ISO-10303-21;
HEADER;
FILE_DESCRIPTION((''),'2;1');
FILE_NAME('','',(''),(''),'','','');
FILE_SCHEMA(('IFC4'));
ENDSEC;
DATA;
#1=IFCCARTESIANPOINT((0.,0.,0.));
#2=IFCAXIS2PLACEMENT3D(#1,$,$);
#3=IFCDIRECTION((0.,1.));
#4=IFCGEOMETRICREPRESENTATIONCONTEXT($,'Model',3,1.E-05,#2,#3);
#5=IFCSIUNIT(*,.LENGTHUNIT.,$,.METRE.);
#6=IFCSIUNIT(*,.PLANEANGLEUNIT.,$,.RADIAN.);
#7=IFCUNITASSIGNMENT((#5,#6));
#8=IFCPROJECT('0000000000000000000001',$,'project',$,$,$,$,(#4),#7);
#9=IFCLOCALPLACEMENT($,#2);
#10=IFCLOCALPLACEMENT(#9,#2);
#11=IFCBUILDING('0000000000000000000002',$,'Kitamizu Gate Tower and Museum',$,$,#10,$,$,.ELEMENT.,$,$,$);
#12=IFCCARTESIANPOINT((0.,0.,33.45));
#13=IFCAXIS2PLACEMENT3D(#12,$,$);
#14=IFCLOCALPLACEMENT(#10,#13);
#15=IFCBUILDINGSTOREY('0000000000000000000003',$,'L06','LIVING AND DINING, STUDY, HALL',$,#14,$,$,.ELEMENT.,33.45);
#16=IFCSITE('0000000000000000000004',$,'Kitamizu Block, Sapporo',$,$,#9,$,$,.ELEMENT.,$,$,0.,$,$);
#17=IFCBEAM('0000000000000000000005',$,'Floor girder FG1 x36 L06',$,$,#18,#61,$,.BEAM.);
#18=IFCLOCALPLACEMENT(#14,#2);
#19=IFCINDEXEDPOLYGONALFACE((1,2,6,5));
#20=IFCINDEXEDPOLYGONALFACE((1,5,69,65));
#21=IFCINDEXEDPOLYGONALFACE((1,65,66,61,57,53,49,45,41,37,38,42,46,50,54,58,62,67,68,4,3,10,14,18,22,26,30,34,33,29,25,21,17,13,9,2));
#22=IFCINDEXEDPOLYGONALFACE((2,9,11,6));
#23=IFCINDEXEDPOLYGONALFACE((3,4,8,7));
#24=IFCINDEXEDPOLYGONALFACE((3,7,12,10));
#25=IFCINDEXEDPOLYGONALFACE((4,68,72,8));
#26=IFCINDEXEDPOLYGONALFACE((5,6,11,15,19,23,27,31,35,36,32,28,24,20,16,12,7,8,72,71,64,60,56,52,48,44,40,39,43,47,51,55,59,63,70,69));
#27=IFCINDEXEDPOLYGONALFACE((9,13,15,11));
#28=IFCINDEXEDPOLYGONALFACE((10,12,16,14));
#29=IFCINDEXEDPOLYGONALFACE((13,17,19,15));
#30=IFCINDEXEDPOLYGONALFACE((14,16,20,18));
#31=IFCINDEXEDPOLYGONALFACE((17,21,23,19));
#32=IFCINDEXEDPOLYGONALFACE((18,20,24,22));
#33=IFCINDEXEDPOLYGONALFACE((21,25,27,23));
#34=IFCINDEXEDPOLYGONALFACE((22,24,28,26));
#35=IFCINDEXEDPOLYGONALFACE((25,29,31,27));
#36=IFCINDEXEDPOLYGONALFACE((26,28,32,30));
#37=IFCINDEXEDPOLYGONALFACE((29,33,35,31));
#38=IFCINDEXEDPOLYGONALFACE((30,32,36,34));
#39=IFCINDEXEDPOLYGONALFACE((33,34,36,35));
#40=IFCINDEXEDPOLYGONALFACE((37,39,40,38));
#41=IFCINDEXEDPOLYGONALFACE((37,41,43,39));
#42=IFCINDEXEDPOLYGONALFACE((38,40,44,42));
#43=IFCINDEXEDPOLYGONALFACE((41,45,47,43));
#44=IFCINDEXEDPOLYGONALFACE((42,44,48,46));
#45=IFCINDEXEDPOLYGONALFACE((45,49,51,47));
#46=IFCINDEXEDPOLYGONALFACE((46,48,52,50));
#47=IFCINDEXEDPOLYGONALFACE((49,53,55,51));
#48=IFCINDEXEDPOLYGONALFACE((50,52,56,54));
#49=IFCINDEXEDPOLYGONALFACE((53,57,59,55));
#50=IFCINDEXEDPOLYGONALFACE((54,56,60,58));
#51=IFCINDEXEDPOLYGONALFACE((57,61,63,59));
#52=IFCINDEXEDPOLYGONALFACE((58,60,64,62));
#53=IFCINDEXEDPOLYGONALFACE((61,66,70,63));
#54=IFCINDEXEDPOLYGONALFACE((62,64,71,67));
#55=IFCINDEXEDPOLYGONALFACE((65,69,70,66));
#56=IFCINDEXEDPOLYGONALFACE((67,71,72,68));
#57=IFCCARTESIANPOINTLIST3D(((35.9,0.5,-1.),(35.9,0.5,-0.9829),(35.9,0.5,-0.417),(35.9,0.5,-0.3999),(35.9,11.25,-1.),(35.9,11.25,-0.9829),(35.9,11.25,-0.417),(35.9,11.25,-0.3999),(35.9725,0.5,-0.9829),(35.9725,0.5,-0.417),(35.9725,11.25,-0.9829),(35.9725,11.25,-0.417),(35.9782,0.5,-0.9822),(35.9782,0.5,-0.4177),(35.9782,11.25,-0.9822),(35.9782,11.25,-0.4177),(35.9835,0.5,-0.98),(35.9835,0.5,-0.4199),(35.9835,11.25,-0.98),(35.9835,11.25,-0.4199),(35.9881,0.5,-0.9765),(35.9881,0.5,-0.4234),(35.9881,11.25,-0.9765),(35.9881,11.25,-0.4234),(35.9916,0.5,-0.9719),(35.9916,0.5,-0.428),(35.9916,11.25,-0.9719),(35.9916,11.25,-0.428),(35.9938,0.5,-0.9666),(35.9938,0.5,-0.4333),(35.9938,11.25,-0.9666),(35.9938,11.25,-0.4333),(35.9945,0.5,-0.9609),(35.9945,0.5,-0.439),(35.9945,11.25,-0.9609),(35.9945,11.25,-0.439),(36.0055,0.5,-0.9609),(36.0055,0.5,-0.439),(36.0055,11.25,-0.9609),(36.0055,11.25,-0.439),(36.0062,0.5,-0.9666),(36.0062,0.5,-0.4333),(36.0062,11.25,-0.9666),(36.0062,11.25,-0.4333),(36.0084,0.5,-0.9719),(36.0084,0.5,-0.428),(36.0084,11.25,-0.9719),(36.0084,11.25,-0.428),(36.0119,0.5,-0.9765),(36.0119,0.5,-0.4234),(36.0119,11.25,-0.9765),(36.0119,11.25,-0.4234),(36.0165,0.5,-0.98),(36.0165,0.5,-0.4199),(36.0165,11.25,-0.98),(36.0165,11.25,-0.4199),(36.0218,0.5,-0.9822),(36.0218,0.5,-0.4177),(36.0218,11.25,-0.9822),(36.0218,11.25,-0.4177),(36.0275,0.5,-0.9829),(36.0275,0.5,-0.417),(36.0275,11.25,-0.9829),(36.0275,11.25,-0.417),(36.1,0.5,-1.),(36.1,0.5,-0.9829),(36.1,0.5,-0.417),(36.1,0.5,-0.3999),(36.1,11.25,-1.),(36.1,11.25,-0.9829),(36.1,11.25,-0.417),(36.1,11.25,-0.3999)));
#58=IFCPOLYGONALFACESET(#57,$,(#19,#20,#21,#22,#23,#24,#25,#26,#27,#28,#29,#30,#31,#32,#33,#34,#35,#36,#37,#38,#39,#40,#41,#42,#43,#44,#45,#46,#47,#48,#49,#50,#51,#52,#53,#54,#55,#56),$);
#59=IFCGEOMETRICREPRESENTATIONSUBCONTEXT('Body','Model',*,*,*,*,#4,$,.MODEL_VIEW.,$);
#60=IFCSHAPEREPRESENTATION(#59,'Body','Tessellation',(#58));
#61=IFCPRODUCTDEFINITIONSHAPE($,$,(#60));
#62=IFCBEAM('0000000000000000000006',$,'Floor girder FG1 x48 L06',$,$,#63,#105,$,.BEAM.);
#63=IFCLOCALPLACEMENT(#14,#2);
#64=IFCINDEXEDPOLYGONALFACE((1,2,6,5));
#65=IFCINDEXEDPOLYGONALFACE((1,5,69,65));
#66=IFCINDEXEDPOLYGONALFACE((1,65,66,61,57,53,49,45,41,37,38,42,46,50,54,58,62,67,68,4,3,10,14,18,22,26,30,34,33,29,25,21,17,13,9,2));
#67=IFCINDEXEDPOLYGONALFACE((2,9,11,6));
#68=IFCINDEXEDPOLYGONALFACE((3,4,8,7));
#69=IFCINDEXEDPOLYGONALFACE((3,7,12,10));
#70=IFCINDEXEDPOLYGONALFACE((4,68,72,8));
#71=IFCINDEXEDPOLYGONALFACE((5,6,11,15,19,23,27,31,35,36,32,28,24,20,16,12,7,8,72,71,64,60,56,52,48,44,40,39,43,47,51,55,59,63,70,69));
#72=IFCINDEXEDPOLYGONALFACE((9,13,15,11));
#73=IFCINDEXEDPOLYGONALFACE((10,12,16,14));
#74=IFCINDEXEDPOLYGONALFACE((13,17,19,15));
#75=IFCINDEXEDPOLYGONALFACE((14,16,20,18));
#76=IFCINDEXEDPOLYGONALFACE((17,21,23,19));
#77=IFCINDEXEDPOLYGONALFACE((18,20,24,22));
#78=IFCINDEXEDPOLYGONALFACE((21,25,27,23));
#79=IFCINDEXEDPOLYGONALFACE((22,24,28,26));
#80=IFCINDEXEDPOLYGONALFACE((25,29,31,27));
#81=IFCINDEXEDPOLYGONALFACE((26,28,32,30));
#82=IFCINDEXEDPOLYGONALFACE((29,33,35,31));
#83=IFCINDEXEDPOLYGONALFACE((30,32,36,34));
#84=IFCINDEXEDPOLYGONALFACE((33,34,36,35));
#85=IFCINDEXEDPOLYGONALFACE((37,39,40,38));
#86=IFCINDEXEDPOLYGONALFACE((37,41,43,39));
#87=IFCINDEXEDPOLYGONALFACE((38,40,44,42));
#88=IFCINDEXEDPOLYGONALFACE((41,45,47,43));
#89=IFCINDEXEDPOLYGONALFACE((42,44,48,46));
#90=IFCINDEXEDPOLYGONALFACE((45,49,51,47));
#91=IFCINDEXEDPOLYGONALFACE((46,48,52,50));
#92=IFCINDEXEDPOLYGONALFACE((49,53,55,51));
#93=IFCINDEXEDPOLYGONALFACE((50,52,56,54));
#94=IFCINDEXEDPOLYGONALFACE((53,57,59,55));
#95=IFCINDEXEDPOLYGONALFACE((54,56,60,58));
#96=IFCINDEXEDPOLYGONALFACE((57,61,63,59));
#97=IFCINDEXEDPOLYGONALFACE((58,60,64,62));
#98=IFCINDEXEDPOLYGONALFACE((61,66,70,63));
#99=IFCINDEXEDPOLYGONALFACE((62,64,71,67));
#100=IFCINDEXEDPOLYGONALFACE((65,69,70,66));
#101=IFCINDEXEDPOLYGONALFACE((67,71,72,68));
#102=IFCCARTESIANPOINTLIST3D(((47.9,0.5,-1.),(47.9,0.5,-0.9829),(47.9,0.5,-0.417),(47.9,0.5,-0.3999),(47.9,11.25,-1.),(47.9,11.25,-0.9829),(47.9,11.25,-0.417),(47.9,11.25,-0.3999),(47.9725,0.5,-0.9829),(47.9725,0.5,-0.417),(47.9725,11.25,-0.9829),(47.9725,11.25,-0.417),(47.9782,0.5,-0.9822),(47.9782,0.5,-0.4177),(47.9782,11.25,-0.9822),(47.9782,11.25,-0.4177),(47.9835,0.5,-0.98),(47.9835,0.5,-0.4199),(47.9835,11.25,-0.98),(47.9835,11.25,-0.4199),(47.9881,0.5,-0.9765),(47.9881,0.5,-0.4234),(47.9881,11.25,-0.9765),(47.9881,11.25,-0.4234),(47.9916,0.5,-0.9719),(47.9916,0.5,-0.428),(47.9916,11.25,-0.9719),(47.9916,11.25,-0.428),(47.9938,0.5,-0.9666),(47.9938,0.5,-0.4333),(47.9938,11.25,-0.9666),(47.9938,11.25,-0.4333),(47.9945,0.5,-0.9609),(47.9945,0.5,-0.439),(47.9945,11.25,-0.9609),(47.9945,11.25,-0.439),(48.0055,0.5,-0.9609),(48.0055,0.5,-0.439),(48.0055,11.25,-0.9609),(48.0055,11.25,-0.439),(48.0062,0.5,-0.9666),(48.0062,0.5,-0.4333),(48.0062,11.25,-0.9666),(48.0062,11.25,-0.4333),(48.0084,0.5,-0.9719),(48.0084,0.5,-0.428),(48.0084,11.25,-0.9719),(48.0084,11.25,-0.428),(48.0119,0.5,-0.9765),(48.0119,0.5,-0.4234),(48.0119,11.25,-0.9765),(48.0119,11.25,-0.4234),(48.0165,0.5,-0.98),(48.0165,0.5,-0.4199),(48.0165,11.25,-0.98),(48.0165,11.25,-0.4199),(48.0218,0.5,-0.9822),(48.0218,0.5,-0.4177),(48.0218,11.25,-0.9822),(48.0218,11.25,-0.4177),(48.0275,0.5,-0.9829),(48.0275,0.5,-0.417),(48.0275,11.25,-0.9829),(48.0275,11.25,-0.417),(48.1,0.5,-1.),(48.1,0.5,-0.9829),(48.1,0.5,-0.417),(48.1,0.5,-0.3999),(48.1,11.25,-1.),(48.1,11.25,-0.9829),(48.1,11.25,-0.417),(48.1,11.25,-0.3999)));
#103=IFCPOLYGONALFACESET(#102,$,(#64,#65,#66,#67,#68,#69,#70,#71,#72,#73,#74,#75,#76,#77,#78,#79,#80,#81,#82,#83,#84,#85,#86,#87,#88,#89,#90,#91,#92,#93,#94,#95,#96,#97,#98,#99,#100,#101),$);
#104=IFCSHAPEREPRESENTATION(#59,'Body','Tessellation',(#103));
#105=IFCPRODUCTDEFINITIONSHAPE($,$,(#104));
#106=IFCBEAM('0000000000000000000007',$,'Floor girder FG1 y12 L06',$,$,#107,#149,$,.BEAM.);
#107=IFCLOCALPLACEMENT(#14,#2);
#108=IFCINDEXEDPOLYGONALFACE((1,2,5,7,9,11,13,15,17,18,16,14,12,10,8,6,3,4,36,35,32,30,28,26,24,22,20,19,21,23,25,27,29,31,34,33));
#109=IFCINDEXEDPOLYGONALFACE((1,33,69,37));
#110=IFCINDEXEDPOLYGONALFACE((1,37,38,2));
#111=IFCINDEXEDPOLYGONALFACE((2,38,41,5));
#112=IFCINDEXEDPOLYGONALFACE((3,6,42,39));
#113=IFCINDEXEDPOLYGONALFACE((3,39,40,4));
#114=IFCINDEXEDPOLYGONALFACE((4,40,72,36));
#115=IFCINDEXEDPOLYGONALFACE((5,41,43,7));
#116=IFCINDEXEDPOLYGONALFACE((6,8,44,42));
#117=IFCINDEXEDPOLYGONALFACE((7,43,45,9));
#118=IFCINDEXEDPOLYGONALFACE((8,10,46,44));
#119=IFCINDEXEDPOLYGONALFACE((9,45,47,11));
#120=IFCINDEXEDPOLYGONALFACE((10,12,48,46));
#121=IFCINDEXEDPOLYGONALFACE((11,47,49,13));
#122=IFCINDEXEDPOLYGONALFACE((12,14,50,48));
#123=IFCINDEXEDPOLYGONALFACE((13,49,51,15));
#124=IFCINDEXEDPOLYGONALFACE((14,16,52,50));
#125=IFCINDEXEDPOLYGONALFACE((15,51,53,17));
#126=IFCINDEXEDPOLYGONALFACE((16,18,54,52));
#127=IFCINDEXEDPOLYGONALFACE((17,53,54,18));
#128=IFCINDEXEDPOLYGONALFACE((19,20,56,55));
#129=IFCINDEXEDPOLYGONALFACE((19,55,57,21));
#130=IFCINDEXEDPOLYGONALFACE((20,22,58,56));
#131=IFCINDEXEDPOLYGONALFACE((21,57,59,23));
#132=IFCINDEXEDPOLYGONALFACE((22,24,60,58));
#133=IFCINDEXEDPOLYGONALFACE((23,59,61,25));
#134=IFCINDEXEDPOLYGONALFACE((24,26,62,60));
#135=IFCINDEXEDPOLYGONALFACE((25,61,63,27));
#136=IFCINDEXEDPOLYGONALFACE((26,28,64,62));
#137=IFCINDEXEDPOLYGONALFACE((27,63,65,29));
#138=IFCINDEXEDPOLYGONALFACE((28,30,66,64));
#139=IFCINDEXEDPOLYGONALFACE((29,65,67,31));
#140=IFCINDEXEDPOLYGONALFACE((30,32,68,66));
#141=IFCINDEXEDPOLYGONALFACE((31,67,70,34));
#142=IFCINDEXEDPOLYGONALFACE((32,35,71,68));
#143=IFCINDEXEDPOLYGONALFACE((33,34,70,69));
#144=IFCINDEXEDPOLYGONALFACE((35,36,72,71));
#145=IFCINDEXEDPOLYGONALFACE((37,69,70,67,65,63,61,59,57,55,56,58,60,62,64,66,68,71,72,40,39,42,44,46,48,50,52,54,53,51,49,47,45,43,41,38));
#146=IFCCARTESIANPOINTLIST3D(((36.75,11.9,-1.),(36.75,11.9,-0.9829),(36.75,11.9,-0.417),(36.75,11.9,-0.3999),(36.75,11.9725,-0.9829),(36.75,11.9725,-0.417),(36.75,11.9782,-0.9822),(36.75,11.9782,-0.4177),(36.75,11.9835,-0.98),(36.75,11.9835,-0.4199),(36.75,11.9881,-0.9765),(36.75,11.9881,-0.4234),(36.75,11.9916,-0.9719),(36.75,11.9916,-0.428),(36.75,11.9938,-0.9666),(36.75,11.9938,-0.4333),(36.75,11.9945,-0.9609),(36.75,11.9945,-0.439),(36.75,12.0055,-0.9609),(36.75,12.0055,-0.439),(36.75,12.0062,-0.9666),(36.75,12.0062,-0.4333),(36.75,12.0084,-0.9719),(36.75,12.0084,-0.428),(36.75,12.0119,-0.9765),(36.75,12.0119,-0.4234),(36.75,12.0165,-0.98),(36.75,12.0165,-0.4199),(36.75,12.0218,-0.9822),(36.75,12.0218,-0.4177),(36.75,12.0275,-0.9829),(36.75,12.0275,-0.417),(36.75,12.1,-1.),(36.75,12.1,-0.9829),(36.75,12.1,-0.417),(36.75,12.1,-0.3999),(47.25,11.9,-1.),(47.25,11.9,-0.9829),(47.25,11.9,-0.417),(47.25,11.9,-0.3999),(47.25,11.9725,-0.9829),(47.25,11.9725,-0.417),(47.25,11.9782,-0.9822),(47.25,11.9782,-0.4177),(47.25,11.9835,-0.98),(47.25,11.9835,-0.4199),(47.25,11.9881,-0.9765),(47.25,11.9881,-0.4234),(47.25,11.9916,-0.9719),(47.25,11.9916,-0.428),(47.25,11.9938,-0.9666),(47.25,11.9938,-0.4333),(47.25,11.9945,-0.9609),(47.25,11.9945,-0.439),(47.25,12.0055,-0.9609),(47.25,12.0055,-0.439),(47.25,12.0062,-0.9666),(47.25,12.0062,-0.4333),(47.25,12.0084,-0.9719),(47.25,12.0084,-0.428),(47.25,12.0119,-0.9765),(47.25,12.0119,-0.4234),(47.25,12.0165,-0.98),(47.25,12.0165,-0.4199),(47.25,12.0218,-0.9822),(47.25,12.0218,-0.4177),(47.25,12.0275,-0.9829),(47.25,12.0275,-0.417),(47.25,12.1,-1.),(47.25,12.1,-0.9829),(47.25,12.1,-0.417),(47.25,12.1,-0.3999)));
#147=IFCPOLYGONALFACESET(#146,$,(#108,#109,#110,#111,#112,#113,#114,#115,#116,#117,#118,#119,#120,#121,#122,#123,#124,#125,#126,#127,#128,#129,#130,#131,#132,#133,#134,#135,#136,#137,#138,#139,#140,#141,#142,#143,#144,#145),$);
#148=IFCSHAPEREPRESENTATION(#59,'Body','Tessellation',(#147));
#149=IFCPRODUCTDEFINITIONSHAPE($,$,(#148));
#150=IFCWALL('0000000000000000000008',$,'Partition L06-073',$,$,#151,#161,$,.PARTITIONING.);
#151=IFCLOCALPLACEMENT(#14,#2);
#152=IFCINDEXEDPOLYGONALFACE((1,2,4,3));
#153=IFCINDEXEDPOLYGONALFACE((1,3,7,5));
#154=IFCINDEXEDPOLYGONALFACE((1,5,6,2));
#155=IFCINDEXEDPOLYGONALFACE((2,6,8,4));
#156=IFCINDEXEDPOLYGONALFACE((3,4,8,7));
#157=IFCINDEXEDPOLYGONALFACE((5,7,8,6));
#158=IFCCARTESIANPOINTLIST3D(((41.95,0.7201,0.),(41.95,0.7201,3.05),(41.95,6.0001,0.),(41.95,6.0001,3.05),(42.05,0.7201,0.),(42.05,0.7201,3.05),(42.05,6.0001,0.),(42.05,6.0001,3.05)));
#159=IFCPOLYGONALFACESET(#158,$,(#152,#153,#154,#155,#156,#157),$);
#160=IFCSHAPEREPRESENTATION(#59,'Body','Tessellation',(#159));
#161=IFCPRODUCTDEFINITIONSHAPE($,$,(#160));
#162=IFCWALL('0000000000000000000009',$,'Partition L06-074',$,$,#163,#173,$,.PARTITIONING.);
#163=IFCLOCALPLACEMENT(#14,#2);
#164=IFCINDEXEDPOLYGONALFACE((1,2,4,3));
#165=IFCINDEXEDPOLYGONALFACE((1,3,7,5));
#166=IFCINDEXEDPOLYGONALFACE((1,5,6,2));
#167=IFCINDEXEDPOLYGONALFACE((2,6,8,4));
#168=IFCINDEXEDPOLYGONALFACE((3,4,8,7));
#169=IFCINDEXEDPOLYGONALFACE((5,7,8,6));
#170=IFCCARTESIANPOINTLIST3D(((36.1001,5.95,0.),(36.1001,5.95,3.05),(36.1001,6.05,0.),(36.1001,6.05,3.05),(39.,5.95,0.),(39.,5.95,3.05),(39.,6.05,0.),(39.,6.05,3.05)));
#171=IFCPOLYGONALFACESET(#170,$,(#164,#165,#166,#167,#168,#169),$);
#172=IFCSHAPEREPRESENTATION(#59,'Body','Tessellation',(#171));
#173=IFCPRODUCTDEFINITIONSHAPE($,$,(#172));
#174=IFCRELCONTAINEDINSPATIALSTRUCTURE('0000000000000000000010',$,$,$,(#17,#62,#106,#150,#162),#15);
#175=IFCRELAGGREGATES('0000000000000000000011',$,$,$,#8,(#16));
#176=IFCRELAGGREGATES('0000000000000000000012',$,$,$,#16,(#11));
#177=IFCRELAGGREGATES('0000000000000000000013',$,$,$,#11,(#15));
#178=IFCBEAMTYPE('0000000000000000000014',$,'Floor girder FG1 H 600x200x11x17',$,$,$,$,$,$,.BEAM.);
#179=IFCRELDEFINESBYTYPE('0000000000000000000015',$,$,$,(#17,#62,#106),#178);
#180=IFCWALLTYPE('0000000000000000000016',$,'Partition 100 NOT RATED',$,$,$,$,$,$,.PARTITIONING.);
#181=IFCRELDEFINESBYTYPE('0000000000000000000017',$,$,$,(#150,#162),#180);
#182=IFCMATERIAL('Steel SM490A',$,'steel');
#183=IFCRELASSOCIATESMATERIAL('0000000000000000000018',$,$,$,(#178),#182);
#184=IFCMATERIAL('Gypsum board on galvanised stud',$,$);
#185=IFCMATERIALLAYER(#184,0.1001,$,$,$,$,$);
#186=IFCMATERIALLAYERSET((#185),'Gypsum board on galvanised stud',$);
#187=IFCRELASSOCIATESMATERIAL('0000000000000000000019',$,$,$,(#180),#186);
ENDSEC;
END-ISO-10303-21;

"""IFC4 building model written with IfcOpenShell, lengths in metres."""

from ifc_helpers import new_model, si_unit, direction, frame, frame_2d, origin, origin_2d, place, context, subcontext, project, spatial, rectangle, i_section, extrude, material, layer, layer_set, material_profile, profile_set, type_object, element, save


model = new_model("IFC4")

# Units and contexts
model_context = context("Model", 3, precision=1e-05, world=origin(), true_north=direction((0.0, 1.0)))
body_context = subcontext(model_context, "Body", "Model", "MODEL_VIEW")
ifc_project = project(units=[si_unit("LENGTHUNIT", "METRE"), si_unit("PLANEANGLEUNIT", "RADIAN")], contexts=[model_context])

# Site, building, storey
site_placement = place(None, origin())
site = spatial("IfcSite", under=ifc_project, at=site_placement, Name="Kitamizu Block, Sapporo", CompositionType="ELEMENT", RefElevation=0.0)
building_placement = place(site_placement, origin())
building = spatial("IfcBuilding", under=site, at=building_placement, Name="Kitamizu Gate Tower and Museum", CompositionType="ELEMENT")
storey_placement = place(building_placement, frame((0.0, 0.0, 33.45)))
storey = spatial("IfcBuildingStorey", under=building, at=storey_placement, Name="L06", Description="LIVING AND DINING, STUDY, HALL", CompositionType="ELEMENT", Elevation=33.45)

# Beams
ifc_material_1 = material(Name="Steel SM490A", Category="steel")
ifc_material_profile_1 = material_profile(ifc_material_1, i_section(OverallWidth=0.2, OverallDepth=0.6001, WebThickness=0.011, FlangeThickness=0.0171, FilletRadius=0.022, at=origin_2d()), Name="H-600x200x11x17")
ifc_profile_set_1 = profile_set([ifc_material_profile_1], Name="Steel SM490A")
beam_type_1 = type_object("IfcBeamType", Name="Floor girder FG1 H 600x200x11x17", PredefinedType="BEAM", material=ifc_profile_set_1)
for number, where, z_axis, x_axis, name in (
    (1, (36.0, 0.5, -0.7), (0.0, 1.0, 0.0), (-1.0, 0.0, 0.0), "Floor girder FG1 x36 L06"),
    (2, (48.0, 0.5, -0.7), (0.0, 1.0, 0.0), (-1.0, 0.0, 0.0), "Floor girder FG1 x48 L06"),
):
    element("IfcBeam", number, at=place(storey_placement, frame(where, z_axis=z_axis, x_axis=x_axis)), inside=storey, type_object=beam_type_1, Name=name, PredefinedType="BEAM", context=body_context, shape_type="SweptSolid", body=[
        extrude(i_section(OverallWidth=0.2, OverallDepth=0.6001, WebThickness=0.011, FlangeThickness=0.0171, FilletRadius=0.022, at=origin_2d()), origin(), (0.0, 0.0, 1.0), 10.75),
    ])
beam_placement = place(storey_placement, frame((36.75, 12.0, -0.7), z_axis=(1.0, 0.0, 0.0), x_axis=(0.0, 1.0, 0.0)))
element("IfcBeam", 3, at=beam_placement, inside=storey, type_object=beam_type_1, Name="Floor girder FG1 y12 L06", PredefinedType="BEAM", context=body_context, shape_type="SweptSolid", body=[
    extrude(i_section(OverallWidth=0.2, OverallDepth=0.6001, WebThickness=0.011, FlangeThickness=0.0171, FilletRadius=0.022, at=origin_2d()), origin(), (0.0, 0.0, 1.0), 10.5),
])

# Walls
ifc_material_2 = material(Name="Gypsum board on galvanised stud")
ifc_layer_1 = layer(ifc_material_2, 0.1001)
ifc_layer_set_1 = layer_set([ifc_layer_1], Name="Gypsum board on galvanised stud")
wall_type_1 = type_object("IfcWallType", Name="Partition 100 NOT RATED", PredefinedType="PARTITIONING", material=ifc_layer_set_1)
wall_1_placement = place(storey_placement, frame((42.0, 0.72, 0.0), z_axis=(0.0, 0.0, 1.0), x_axis=(0.0, 1.0, 0.0)))
element("IfcWall", 4, at=wall_1_placement, inside=storey, type_object=wall_type_1, Name="Partition L06-073", PredefinedType="PARTITIONING", context=body_context, shape_type="SweptSolid", body=[
    extrude(rectangle(XDim=5.28, YDim=0.1001, at=frame_2d((2.6401, 0.0))), origin(), (0.0, 0.0, 1.0), 3.05),
])
wall_2_placement = place(storey_placement, frame((39.0, 6.0, 0.0), z_axis=(0.0, 0.0, 1.0), x_axis=(-1.0, 0.0, 0.0)))
element("IfcWall", 5, at=wall_2_placement, inside=storey, type_object=wall_type_1, Name="Partition L06-074", PredefinedType="PARTITIONING", context=body_context, shape_type="SweptSolid", body=[
    extrude(rectangle(XDim=2.8999, YDim=0.1001, at=frame_2d((1.45, 0.0))), origin(), (0.0, 0.0, 1.0), 3.05),
])

save(model, "model.ifc")
